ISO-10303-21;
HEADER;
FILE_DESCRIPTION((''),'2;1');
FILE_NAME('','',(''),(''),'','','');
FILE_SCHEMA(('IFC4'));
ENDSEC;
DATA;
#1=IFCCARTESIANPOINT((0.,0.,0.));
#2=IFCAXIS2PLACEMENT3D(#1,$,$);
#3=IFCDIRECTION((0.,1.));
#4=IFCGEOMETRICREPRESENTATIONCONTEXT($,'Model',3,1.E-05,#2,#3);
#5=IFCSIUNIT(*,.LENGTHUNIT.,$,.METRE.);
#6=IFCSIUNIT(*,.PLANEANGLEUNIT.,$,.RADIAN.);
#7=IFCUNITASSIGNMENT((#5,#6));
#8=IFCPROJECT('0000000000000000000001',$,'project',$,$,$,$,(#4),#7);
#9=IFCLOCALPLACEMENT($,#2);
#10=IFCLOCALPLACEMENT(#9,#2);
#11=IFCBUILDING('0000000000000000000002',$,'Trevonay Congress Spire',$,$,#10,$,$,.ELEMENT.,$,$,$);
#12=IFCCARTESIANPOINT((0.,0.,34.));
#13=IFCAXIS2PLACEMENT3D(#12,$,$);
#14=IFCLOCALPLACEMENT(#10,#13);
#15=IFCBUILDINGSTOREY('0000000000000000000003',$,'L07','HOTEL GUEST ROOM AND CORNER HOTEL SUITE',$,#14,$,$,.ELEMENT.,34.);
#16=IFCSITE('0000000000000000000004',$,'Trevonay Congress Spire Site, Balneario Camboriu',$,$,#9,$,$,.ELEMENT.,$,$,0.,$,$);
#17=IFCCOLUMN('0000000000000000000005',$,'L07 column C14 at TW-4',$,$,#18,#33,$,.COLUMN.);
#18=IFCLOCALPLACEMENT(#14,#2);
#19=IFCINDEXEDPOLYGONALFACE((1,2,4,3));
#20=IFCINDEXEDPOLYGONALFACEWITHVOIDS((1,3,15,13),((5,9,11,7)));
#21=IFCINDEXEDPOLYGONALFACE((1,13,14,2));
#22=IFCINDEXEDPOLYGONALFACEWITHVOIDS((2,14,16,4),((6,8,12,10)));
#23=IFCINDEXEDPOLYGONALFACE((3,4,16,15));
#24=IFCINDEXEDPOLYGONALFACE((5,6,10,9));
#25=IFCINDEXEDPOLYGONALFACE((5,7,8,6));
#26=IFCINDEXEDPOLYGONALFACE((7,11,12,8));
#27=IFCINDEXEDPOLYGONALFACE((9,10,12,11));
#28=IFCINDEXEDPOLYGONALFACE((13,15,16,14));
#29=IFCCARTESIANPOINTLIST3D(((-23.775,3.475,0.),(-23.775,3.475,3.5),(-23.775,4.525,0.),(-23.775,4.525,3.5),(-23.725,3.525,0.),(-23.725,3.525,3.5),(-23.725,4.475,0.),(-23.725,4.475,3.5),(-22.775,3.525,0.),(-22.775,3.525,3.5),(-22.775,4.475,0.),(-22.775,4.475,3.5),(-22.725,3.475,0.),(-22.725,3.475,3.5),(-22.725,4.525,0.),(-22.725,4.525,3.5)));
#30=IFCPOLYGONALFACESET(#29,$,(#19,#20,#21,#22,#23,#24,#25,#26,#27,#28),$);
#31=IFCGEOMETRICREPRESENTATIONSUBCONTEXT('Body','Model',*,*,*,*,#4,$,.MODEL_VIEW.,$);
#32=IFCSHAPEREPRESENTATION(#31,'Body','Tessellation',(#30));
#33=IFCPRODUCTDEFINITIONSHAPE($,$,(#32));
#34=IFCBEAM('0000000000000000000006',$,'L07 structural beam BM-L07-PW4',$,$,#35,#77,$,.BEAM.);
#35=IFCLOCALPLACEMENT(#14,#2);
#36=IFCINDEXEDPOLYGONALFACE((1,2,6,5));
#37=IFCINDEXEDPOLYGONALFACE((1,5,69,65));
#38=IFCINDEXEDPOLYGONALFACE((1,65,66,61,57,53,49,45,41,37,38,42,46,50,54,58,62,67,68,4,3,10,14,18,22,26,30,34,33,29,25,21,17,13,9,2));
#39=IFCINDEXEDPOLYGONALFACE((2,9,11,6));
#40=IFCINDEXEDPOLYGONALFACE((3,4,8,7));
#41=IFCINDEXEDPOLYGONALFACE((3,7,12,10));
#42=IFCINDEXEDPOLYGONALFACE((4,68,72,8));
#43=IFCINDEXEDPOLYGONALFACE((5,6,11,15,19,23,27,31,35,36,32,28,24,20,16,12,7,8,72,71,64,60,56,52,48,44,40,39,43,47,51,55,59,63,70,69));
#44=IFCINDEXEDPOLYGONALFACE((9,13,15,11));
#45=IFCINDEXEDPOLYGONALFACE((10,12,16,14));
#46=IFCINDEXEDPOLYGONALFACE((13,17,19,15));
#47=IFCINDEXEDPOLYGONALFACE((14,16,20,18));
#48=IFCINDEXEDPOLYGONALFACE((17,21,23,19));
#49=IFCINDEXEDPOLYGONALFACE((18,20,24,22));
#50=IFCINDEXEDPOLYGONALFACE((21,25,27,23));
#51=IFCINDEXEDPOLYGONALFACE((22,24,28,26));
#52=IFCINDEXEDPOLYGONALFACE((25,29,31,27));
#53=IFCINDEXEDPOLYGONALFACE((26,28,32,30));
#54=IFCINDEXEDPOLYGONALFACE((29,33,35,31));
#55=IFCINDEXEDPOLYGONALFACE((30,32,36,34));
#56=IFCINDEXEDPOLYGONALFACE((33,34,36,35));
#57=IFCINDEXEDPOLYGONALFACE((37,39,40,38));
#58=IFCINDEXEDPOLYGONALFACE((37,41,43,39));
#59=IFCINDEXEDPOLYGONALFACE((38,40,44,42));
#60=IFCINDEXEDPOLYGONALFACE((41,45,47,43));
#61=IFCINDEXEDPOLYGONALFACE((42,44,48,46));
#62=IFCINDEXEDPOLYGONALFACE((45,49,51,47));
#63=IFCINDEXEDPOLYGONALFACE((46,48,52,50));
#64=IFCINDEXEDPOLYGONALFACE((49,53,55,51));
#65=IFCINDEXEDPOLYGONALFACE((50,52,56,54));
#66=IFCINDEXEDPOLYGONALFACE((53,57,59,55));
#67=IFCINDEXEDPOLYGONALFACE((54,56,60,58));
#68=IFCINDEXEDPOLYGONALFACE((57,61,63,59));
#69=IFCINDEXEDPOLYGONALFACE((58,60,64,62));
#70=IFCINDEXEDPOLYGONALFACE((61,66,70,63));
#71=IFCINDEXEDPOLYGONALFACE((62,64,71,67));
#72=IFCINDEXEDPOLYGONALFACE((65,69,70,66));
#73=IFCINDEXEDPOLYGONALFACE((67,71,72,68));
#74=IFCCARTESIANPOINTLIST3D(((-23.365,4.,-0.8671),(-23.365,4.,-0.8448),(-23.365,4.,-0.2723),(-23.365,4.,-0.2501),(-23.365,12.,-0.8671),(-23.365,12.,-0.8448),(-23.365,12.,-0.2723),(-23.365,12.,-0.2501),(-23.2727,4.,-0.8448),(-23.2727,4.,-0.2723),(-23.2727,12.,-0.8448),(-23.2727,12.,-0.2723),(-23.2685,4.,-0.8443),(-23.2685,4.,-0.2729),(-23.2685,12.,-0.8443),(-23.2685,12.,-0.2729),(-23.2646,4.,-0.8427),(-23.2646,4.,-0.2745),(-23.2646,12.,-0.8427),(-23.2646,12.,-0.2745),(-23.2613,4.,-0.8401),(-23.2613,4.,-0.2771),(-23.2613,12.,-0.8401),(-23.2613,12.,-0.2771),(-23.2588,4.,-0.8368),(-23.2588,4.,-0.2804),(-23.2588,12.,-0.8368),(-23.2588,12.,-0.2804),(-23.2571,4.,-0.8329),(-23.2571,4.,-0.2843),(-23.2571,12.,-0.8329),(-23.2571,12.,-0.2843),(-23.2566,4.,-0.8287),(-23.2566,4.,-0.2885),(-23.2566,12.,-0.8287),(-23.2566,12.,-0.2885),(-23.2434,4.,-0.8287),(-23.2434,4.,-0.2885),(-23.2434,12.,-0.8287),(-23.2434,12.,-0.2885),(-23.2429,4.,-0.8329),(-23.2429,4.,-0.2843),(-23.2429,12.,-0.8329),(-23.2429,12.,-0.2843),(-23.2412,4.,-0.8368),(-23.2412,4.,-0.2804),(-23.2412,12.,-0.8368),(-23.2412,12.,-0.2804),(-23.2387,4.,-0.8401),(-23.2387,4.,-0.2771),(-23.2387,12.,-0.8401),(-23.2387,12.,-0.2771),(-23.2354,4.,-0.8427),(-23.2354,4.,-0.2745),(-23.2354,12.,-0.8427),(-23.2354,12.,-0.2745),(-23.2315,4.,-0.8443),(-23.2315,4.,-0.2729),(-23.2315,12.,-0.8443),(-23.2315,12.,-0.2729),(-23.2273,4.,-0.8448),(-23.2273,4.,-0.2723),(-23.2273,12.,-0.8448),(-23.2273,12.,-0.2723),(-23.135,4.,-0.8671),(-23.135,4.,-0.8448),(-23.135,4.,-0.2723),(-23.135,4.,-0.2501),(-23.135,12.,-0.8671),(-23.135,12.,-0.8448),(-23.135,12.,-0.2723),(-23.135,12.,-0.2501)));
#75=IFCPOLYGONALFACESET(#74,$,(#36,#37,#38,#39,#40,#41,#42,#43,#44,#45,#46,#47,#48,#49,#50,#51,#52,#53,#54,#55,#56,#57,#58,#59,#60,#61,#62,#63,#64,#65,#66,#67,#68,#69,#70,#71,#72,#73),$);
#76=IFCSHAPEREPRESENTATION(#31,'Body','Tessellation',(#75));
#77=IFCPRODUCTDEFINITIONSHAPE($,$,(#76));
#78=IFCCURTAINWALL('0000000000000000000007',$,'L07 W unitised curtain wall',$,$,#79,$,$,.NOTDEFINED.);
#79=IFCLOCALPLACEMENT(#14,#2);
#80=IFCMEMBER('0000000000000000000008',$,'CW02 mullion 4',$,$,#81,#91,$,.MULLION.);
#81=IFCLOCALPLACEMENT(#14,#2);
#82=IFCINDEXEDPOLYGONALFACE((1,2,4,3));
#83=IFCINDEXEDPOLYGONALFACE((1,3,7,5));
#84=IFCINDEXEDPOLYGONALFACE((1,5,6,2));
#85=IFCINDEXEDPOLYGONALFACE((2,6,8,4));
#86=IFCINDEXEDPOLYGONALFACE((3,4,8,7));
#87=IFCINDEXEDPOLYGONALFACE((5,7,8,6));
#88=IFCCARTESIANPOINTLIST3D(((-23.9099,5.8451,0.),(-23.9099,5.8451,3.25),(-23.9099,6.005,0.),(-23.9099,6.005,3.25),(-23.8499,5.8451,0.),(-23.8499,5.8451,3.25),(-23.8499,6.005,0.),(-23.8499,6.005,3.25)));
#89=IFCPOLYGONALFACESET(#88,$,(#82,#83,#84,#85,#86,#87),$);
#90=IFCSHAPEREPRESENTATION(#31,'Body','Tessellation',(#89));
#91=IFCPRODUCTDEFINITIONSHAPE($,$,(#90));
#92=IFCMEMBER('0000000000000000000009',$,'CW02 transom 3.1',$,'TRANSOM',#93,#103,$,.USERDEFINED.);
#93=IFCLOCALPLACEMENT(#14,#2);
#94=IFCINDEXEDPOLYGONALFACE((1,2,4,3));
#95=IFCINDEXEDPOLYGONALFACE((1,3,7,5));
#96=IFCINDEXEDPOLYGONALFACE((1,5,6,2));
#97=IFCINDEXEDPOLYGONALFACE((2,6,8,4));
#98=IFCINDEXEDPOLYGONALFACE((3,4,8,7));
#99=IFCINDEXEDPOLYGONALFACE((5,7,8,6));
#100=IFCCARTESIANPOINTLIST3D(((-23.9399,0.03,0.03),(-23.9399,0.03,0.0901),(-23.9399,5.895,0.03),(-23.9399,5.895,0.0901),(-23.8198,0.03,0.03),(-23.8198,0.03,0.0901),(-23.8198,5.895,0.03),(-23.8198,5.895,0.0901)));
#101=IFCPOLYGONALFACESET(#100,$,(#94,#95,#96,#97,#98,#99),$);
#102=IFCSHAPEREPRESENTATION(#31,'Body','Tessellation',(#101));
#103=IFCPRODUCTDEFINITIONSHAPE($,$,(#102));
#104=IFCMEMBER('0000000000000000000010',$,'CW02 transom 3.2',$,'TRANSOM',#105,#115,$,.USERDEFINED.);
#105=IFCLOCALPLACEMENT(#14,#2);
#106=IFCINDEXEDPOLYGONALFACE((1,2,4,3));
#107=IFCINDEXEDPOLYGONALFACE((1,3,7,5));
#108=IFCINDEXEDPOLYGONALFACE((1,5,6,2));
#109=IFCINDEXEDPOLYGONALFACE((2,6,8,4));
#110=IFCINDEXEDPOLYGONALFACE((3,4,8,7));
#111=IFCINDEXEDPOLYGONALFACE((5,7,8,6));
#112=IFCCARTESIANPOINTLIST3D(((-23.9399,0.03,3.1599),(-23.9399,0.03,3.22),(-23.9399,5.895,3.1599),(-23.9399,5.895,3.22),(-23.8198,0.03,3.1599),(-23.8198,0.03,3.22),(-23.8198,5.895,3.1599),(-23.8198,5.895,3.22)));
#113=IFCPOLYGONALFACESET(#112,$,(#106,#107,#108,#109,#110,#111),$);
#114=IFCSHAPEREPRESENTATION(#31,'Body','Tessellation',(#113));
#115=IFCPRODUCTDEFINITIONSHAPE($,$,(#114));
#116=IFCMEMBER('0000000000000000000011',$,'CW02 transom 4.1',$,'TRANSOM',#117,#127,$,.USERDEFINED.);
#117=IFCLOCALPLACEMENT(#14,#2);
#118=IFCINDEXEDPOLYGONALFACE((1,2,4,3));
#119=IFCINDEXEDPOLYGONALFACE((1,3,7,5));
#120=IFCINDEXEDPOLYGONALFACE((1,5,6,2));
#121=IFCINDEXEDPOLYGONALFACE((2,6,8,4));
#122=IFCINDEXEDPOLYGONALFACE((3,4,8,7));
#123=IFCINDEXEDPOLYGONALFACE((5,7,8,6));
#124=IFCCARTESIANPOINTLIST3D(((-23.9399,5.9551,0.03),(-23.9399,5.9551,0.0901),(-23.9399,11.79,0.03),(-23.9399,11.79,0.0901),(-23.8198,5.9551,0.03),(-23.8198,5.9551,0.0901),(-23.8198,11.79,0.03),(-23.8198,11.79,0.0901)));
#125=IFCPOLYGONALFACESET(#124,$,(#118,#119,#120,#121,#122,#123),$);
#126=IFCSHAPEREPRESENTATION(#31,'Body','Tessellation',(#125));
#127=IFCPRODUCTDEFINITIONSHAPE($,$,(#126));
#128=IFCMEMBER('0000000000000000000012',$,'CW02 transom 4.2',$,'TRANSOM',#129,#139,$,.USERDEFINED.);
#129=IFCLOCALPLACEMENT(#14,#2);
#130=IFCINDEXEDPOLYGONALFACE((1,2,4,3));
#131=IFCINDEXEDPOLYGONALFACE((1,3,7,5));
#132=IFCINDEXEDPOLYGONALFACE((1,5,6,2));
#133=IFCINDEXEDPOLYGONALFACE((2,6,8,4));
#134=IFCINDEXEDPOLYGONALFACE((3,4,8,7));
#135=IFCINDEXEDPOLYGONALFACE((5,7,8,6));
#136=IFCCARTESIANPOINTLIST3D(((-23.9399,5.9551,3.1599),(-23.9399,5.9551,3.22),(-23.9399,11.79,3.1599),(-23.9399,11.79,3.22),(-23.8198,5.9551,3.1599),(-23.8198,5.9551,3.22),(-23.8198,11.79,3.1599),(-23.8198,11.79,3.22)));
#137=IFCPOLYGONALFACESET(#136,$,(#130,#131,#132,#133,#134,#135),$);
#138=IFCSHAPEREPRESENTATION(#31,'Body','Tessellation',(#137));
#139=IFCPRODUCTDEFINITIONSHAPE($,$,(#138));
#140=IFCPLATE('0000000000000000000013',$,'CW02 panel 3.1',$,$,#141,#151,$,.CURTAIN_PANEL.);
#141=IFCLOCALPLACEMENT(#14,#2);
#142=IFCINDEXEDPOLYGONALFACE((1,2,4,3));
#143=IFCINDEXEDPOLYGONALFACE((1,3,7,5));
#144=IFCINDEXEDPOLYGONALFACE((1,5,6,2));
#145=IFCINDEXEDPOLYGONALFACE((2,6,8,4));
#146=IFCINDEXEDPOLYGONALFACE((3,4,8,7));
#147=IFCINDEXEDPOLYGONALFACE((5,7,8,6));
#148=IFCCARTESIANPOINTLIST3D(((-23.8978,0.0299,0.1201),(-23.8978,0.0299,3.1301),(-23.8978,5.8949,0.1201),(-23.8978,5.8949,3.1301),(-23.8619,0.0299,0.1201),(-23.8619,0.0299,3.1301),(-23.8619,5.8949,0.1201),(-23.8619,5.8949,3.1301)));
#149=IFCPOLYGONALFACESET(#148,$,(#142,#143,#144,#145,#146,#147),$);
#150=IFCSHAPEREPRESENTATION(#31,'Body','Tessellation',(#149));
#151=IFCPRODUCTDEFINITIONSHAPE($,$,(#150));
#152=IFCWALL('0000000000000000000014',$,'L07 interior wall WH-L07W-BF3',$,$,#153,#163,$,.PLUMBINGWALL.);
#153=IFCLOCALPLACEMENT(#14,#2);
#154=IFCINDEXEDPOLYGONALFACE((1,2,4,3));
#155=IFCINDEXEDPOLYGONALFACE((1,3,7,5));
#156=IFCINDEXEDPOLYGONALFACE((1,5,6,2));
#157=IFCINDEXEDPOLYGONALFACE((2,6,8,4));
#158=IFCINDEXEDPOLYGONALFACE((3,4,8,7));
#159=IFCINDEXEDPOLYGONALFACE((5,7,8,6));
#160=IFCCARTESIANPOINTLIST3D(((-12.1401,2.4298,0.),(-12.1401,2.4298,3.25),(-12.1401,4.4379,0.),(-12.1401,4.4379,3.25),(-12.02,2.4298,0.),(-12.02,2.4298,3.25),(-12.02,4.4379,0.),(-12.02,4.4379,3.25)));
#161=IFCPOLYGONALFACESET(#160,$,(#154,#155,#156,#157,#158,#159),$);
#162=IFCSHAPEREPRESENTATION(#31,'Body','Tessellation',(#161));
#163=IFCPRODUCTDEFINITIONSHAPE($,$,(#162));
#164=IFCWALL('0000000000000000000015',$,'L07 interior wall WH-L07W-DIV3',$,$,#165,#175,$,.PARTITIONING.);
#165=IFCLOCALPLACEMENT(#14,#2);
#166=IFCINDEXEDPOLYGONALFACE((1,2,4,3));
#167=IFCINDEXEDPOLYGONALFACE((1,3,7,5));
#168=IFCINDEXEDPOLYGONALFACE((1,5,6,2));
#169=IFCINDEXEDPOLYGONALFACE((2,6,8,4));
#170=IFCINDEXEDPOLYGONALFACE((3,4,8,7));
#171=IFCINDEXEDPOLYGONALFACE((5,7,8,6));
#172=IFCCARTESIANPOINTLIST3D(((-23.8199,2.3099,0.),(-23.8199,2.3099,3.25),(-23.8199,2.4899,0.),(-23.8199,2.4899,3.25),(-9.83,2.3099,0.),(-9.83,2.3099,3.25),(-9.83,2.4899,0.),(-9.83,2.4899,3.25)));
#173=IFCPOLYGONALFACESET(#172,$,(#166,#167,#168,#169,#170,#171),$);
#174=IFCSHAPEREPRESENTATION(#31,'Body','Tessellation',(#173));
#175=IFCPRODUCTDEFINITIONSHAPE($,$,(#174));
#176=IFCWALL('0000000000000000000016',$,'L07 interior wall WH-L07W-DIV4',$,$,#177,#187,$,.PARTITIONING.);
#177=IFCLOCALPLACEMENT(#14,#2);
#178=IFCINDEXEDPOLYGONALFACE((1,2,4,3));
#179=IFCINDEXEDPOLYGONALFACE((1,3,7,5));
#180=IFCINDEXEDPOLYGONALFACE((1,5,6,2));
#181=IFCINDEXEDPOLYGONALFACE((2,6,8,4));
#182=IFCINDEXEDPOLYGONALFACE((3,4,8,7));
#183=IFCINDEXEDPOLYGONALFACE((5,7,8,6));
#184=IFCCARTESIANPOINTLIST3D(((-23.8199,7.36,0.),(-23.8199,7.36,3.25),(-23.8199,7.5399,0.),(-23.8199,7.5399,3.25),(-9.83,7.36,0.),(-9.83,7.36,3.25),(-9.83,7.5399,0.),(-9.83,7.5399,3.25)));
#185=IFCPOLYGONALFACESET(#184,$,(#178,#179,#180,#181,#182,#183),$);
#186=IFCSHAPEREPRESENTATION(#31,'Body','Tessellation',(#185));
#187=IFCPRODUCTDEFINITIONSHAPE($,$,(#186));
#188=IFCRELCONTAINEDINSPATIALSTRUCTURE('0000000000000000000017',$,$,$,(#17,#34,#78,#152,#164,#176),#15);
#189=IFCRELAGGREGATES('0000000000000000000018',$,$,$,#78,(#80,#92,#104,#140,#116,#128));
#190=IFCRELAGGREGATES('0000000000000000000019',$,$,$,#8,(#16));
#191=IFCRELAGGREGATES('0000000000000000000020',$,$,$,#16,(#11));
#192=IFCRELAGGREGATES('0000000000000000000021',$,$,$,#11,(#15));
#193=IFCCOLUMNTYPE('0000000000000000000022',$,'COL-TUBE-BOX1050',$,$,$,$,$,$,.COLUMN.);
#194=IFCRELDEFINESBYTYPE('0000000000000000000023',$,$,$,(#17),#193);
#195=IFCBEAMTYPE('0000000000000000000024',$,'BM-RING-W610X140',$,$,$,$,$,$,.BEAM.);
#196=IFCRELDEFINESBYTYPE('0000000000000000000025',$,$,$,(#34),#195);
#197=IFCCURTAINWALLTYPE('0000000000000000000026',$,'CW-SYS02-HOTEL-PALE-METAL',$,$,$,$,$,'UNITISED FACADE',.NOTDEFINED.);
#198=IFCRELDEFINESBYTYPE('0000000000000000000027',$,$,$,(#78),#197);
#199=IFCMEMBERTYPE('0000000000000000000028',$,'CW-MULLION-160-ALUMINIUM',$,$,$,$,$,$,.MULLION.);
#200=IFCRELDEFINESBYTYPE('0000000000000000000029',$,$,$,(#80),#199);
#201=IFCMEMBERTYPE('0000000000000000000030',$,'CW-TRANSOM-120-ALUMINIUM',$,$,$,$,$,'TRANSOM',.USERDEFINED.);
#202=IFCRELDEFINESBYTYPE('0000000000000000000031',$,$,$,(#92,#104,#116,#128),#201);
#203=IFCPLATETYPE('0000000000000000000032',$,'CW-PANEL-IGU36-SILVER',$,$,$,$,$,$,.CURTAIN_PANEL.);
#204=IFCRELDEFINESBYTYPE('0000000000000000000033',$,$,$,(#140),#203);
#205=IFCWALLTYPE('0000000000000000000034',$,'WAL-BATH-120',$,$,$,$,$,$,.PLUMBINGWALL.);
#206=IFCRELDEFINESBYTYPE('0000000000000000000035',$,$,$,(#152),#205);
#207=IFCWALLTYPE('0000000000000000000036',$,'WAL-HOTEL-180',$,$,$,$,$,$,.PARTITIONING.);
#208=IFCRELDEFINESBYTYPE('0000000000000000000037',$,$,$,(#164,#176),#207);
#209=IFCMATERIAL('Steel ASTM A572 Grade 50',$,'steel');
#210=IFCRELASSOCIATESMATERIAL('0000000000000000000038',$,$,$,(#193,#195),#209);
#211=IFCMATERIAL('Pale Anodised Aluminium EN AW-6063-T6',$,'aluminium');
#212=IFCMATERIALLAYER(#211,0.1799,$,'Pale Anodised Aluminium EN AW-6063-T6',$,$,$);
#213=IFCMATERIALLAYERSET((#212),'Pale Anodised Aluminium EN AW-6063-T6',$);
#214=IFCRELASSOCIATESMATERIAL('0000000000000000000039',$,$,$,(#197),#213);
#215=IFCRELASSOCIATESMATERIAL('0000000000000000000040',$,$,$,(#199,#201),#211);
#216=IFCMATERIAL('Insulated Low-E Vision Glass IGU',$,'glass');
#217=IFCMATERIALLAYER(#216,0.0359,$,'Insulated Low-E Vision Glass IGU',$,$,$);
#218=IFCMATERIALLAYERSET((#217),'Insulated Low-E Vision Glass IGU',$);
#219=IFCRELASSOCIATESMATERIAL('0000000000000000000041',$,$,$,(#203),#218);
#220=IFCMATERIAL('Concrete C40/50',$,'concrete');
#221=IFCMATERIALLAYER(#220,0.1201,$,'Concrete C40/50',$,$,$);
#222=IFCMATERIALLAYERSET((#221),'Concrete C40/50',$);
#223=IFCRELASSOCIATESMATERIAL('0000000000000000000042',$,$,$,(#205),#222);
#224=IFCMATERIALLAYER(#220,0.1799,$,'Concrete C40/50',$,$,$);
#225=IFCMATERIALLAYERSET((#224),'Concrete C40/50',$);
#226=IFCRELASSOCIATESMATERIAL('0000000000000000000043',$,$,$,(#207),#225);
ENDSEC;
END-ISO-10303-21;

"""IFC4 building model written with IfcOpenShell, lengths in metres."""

from ifc_helpers import new_model, si_unit, direction, frame, frame_2d, origin, origin_2d, place, context, subcontext, project, spatial, rectangle, hollow_rectangle, i_section, extrude, material, layer, layer_set, material_profile, profile_set, type_object, element, aggregate, save


model = new_model("IFC4")

# Units and contexts
model_context = context("Model", 3, precision=1e-05, world=origin(), true_north=direction((0.0, 1.0)))
body_context = subcontext(model_context, "Body", "Model", "MODEL_VIEW")
ifc_project = project(units=[si_unit("LENGTHUNIT", "METRE"), si_unit("PLANEANGLEUNIT", "RADIAN")], contexts=[model_context])

# Site, building, storey
site_placement = place(None, origin())
site = spatial("IfcSite", under=ifc_project, at=site_placement, Name="Trevonay Congress Spire Site, Balneario Camboriu", CompositionType="ELEMENT", RefElevation=0.0)
building_placement = place(site_placement, origin())
building = spatial("IfcBuilding", under=site, at=building_placement, Name="Trevonay Congress Spire", CompositionType="ELEMENT")
storey_placement = place(building_placement, frame((0.0, 0.0, 34.0)))
storey = spatial("IfcBuildingStorey", under=building, at=storey_placement, Name="L07", Description="HOTEL GUEST ROOM AND CORNER HOTEL SUITE", CompositionType="ELEMENT", Elevation=34.0)

# Column
ifc_material_1 = material(Name="Steel ASTM A572 Grade 50", Category="steel")
ifc_material_profile_1 = material_profile(ifc_material_1, hollow_rectangle(XDim=1.05, YDim=1.05, WallThickness=0.05, at=origin_2d()), Name="BOX 1050x1050x50")
ifc_profile_set_1 = profile_set([ifc_material_profile_1], Name="Steel ASTM A572 Grade 50")
column_type = type_object("IfcColumnType", Name="COL-TUBE-BOX1050", PredefinedType="COLUMN", material=ifc_profile_set_1)
column_placement = place(storey_placement, frame((-23.25, 4.0, 0.0), z_axis=(0.0, 0.0, 1.0), x_axis=(1.0, 0.0, 0.0)))
element("IfcColumn", 1, at=column_placement, inside=storey, type_object=column_type, Name="L07 column C14 at TW-4", PredefinedType="COLUMN", context=body_context, shape_type="SweptSolid", body=[
    extrude(hollow_rectangle(XDim=1.05, YDim=1.05, WallThickness=0.05, at=origin_2d()), origin(), (0.0, 0.0, 1.0), 3.5),
])

# Beam
ifc_material_profile_2 = material_profile(ifc_material_1, i_section(OverallWidth=0.23, OverallDepth=0.6169, WebThickness=0.0132, FlangeThickness=0.0222, FilletRadius=0.0161, at=origin_2d()), Name="W610x140")
ifc_profile_set_2 = profile_set([ifc_material_profile_2], Name="Steel ASTM A572 Grade 50")
beam_type = type_object("IfcBeamType", Name="BM-RING-W610X140", PredefinedType="BEAM", material=ifc_profile_set_2)
beam_placement = place(storey_placement, frame((-23.25, 4.0, -0.5586), z_axis=(0.0, 1.0, 0.0), x_axis=(-1.0, 0.0, 0.0)))
element("IfcBeam", 2, at=beam_placement, inside=storey, type_object=beam_type, Name="L07 structural beam BM-L07-PW4", PredefinedType="BEAM", context=body_context, shape_type="SweptSolid", body=[
    extrude(i_section(OverallWidth=0.23, OverallDepth=0.6169, WebThickness=0.0132, FlangeThickness=0.0222, FilletRadius=0.0161, at=origin_2d()), origin(), (0.0, 0.0, 1.0), 8.0),
])

# Curtain wall, members, plate
ifc_material_2 = material(Name="Pale Anodised Aluminium EN AW-6063-T6", Category="aluminium")
ifc_layer_1 = layer(ifc_material_2, 0.1799, Name="Pale Anodised Aluminium EN AW-6063-T6")
ifc_layer_set_1 = layer_set([ifc_layer_1], Name="Pale Anodised Aluminium EN AW-6063-T6")
curtain_wall_type = type_object("IfcCurtainWallType", Name="CW-SYS02-HOTEL-PALE-METAL", ElementType="UNITISED FACADE", PredefinedType="NOTDEFINED", material=ifc_layer_set_1)
curtain_wall_placement = place(storey_placement, origin())
curtain_wall = element("IfcCurtainWall", 3, at=curtain_wall_placement, inside=storey, type_object=curtain_wall_type, Name="L07 W unitised curtain wall", PredefinedType="NOTDEFINED")
ifc_material_profile_3 = material_profile(ifc_material_2, rectangle(XDim=0.0601, YDim=0.1599, at=origin_2d()), Name="CW-MULLION-160-ALUMINIUM")
ifc_profile_set_3 = profile_set([ifc_material_profile_3], Name="Pale Anodised Aluminium EN AW-6063-T6")
member_type_1 = type_object("IfcMemberType", Name="CW-MULLION-160-ALUMINIUM", PredefinedType="MULLION", material=ifc_profile_set_3)
member_1_placement = place(storey_placement, frame((-23.8799, 5.925, 0.0), z_axis=(0.0, 0.0, 1.0), x_axis=(-1.0, 0.0, 0.0)))
member_1 = element("IfcMember", 4, at=member_1_placement, type_object=member_type_1, Name="CW02 mullion 4", PredefinedType="MULLION", context=body_context, shape_type="SweptSolid", body=[
    extrude(rectangle(XDim=0.0601, YDim=0.1599, at=origin_2d()), origin(), (0.0, 0.0, 1.0), 3.25),
])
ifc_material_profile_4 = material_profile(ifc_material_2, rectangle(XDim=0.1201, YDim=0.0601, at=origin_2d()), Name="CW-TRANSOM-120-ALUMINIUM")
ifc_profile_set_4 = profile_set([ifc_material_profile_4], Name="Pale Anodised Aluminium EN AW-6063-T6")
member_type_2 = type_object("IfcMemberType", Name="CW-TRANSOM-120-ALUMINIUM", ElementType="TRANSOM", PredefinedType="USERDEFINED", material=ifc_profile_set_4)
member_2_placement = place(storey_placement, frame((-23.8799, 0.03, 0.0601), z_axis=(0.0, 1.0, 0.0), x_axis=(-1.0, 0.0, 0.0)))
member_2 = element("IfcMember", 5, at=member_2_placement, type_object=member_type_2, Name="CW02 transom 3.1", ObjectType="TRANSOM", PredefinedType="USERDEFINED", context=body_context, shape_type="SweptSolid", body=[
    extrude(rectangle(XDim=0.1201, YDim=0.0601, at=origin_2d()), origin(), (0.0, 0.0, 1.0), 5.865),
])
member_3_placement = place(storey_placement, frame((-23.8799, 0.03, 3.1899), z_axis=(0.0, 1.0, 0.0), x_axis=(-1.0, 0.0, 0.0)))
member_3 = element("IfcMember", 6, at=member_3_placement, type_object=member_type_2, Name="CW02 transom 3.2", ObjectType="TRANSOM", PredefinedType="USERDEFINED", context=body_context, shape_type="SweptSolid", body=[
    extrude(rectangle(XDim=0.1201, YDim=0.0601, at=origin_2d()), origin(), (0.0, 0.0, 1.0), 5.865),
])
member_4_placement = place(storey_placement, frame((-23.8799, 5.9551, 0.0601), z_axis=(0.0, 1.0, 0.0), x_axis=(-1.0, 0.0, 0.0)))
member_4 = element("IfcMember", 7, at=member_4_placement, type_object=member_type_2, Name="CW02 transom 4.1", ObjectType="TRANSOM", PredefinedType="USERDEFINED", context=body_context, shape_type="SweptSolid", body=[
    extrude(rectangle(XDim=0.1201, YDim=0.0601, at=origin_2d()), origin(), (0.0, 0.0, 1.0), 5.835),
])
member_5_placement = place(storey_placement, frame((-23.8799, 5.9551, 3.1899), z_axis=(0.0, 1.0, 0.0), x_axis=(-1.0, 0.0, 0.0)))
member_5 = element("IfcMember", 8, at=member_5_placement, type_object=member_type_2, Name="CW02 transom 4.2", ObjectType="TRANSOM", PredefinedType="USERDEFINED", context=body_context, shape_type="SweptSolid", body=[
    extrude(rectangle(XDim=0.1201, YDim=0.0601, at=origin_2d()), origin(), (0.0, 0.0, 1.0), 5.835),
])
ifc_material_3 = material(Name="Insulated Low-E Vision Glass IGU", Category="glass")
ifc_layer_2 = layer(ifc_material_3, 0.0359, Name="Insulated Low-E Vision Glass IGU")
ifc_layer_set_2 = layer_set([ifc_layer_2], Name="Insulated Low-E Vision Glass IGU")
plate_type = type_object("IfcPlateType", Name="CW-PANEL-IGU36-SILVER", PredefinedType="CURTAIN_PANEL", material=ifc_layer_set_2)
plate_placement = place(storey_placement, frame((-23.8799, 2.9624, 0.1201), z_axis=(0.0, 0.0, 1.0), x_axis=(0.0, 1.0, 0.0)))
plate = element("IfcPlate", 9, at=plate_placement, type_object=plate_type, Name="CW02 panel 3.1", PredefinedType="CURTAIN_PANEL", context=body_context, shape_type="SweptSolid", body=[
    extrude(rectangle(XDim=5.865, YDim=0.0359, at=origin_2d()), origin(), (0.0, 0.0, 1.0), 3.01),
])
aggregate(curtain_wall, [member_1, member_2, member_3, plate, member_4, member_5])

# Walls
ifc_material_4 = material(Name="Concrete C40/50", Category="concrete")
ifc_layer_3 = layer(ifc_material_4, 0.1201, Name="Concrete C40/50")
ifc_layer_set_3 = layer_set([ifc_layer_3], Name="Concrete C40/50")
wall_type_1 = type_object("IfcWallType", Name="WAL-BATH-120", PredefinedType="PLUMBINGWALL", material=ifc_layer_set_3)
wall_placement = place(storey_placement, frame((-12.0801, 2.4299, 0.0), z_axis=(0.0, 0.0, 1.0), x_axis=(0.0, 1.0, 0.0)))
element("IfcWall", 10, at=wall_placement, inside=storey, type_object=wall_type_1, Name="L07 interior wall WH-L07W-BF3", PredefinedType="PLUMBINGWALL", context=body_context, shape_type="SweptSolid", body=[
    extrude(rectangle(XDim=2.0081, YDim=0.1201, at=frame_2d((1.0039, 0.0))), origin(), (0.0, 0.0, 1.0), 3.25),
])
ifc_layer_4 = layer(ifc_material_4, 0.1799, Name="Concrete C40/50")
ifc_layer_set_4 = layer_set([ifc_layer_4], Name="Concrete C40/50")
wall_type_2 = type_object("IfcWallType", Name="WAL-HOTEL-180", PredefinedType="PARTITIONING", material=ifc_layer_set_4)
for number, where, z_axis, x_axis, name in (
    (11, (-23.8201, 2.3999, 0.0), (0.0, 0.0, 1.0), (1.0, 0.0, 0.0), "L07 interior wall WH-L07W-DIV3"),
    (12, (-23.8201, 7.45, 0.0), (0.0, 0.0, 1.0), (1.0, 0.0, 0.0), "L07 interior wall WH-L07W-DIV4"),
):
    element("IfcWall", number, at=place(storey_placement, frame(where, z_axis=z_axis, x_axis=x_axis)), inside=storey, type_object=wall_type_2, Name=name, PredefinedType="PARTITIONING", context=body_context, shape_type="SweptSolid", body=[
        extrude(rectangle(XDim=13.99, YDim=0.1799, at=frame_2d((6.9951, 0.0))), origin(), (0.0, 0.0, 1.0), 3.25),
    ])

save(model, "model.ifc")
